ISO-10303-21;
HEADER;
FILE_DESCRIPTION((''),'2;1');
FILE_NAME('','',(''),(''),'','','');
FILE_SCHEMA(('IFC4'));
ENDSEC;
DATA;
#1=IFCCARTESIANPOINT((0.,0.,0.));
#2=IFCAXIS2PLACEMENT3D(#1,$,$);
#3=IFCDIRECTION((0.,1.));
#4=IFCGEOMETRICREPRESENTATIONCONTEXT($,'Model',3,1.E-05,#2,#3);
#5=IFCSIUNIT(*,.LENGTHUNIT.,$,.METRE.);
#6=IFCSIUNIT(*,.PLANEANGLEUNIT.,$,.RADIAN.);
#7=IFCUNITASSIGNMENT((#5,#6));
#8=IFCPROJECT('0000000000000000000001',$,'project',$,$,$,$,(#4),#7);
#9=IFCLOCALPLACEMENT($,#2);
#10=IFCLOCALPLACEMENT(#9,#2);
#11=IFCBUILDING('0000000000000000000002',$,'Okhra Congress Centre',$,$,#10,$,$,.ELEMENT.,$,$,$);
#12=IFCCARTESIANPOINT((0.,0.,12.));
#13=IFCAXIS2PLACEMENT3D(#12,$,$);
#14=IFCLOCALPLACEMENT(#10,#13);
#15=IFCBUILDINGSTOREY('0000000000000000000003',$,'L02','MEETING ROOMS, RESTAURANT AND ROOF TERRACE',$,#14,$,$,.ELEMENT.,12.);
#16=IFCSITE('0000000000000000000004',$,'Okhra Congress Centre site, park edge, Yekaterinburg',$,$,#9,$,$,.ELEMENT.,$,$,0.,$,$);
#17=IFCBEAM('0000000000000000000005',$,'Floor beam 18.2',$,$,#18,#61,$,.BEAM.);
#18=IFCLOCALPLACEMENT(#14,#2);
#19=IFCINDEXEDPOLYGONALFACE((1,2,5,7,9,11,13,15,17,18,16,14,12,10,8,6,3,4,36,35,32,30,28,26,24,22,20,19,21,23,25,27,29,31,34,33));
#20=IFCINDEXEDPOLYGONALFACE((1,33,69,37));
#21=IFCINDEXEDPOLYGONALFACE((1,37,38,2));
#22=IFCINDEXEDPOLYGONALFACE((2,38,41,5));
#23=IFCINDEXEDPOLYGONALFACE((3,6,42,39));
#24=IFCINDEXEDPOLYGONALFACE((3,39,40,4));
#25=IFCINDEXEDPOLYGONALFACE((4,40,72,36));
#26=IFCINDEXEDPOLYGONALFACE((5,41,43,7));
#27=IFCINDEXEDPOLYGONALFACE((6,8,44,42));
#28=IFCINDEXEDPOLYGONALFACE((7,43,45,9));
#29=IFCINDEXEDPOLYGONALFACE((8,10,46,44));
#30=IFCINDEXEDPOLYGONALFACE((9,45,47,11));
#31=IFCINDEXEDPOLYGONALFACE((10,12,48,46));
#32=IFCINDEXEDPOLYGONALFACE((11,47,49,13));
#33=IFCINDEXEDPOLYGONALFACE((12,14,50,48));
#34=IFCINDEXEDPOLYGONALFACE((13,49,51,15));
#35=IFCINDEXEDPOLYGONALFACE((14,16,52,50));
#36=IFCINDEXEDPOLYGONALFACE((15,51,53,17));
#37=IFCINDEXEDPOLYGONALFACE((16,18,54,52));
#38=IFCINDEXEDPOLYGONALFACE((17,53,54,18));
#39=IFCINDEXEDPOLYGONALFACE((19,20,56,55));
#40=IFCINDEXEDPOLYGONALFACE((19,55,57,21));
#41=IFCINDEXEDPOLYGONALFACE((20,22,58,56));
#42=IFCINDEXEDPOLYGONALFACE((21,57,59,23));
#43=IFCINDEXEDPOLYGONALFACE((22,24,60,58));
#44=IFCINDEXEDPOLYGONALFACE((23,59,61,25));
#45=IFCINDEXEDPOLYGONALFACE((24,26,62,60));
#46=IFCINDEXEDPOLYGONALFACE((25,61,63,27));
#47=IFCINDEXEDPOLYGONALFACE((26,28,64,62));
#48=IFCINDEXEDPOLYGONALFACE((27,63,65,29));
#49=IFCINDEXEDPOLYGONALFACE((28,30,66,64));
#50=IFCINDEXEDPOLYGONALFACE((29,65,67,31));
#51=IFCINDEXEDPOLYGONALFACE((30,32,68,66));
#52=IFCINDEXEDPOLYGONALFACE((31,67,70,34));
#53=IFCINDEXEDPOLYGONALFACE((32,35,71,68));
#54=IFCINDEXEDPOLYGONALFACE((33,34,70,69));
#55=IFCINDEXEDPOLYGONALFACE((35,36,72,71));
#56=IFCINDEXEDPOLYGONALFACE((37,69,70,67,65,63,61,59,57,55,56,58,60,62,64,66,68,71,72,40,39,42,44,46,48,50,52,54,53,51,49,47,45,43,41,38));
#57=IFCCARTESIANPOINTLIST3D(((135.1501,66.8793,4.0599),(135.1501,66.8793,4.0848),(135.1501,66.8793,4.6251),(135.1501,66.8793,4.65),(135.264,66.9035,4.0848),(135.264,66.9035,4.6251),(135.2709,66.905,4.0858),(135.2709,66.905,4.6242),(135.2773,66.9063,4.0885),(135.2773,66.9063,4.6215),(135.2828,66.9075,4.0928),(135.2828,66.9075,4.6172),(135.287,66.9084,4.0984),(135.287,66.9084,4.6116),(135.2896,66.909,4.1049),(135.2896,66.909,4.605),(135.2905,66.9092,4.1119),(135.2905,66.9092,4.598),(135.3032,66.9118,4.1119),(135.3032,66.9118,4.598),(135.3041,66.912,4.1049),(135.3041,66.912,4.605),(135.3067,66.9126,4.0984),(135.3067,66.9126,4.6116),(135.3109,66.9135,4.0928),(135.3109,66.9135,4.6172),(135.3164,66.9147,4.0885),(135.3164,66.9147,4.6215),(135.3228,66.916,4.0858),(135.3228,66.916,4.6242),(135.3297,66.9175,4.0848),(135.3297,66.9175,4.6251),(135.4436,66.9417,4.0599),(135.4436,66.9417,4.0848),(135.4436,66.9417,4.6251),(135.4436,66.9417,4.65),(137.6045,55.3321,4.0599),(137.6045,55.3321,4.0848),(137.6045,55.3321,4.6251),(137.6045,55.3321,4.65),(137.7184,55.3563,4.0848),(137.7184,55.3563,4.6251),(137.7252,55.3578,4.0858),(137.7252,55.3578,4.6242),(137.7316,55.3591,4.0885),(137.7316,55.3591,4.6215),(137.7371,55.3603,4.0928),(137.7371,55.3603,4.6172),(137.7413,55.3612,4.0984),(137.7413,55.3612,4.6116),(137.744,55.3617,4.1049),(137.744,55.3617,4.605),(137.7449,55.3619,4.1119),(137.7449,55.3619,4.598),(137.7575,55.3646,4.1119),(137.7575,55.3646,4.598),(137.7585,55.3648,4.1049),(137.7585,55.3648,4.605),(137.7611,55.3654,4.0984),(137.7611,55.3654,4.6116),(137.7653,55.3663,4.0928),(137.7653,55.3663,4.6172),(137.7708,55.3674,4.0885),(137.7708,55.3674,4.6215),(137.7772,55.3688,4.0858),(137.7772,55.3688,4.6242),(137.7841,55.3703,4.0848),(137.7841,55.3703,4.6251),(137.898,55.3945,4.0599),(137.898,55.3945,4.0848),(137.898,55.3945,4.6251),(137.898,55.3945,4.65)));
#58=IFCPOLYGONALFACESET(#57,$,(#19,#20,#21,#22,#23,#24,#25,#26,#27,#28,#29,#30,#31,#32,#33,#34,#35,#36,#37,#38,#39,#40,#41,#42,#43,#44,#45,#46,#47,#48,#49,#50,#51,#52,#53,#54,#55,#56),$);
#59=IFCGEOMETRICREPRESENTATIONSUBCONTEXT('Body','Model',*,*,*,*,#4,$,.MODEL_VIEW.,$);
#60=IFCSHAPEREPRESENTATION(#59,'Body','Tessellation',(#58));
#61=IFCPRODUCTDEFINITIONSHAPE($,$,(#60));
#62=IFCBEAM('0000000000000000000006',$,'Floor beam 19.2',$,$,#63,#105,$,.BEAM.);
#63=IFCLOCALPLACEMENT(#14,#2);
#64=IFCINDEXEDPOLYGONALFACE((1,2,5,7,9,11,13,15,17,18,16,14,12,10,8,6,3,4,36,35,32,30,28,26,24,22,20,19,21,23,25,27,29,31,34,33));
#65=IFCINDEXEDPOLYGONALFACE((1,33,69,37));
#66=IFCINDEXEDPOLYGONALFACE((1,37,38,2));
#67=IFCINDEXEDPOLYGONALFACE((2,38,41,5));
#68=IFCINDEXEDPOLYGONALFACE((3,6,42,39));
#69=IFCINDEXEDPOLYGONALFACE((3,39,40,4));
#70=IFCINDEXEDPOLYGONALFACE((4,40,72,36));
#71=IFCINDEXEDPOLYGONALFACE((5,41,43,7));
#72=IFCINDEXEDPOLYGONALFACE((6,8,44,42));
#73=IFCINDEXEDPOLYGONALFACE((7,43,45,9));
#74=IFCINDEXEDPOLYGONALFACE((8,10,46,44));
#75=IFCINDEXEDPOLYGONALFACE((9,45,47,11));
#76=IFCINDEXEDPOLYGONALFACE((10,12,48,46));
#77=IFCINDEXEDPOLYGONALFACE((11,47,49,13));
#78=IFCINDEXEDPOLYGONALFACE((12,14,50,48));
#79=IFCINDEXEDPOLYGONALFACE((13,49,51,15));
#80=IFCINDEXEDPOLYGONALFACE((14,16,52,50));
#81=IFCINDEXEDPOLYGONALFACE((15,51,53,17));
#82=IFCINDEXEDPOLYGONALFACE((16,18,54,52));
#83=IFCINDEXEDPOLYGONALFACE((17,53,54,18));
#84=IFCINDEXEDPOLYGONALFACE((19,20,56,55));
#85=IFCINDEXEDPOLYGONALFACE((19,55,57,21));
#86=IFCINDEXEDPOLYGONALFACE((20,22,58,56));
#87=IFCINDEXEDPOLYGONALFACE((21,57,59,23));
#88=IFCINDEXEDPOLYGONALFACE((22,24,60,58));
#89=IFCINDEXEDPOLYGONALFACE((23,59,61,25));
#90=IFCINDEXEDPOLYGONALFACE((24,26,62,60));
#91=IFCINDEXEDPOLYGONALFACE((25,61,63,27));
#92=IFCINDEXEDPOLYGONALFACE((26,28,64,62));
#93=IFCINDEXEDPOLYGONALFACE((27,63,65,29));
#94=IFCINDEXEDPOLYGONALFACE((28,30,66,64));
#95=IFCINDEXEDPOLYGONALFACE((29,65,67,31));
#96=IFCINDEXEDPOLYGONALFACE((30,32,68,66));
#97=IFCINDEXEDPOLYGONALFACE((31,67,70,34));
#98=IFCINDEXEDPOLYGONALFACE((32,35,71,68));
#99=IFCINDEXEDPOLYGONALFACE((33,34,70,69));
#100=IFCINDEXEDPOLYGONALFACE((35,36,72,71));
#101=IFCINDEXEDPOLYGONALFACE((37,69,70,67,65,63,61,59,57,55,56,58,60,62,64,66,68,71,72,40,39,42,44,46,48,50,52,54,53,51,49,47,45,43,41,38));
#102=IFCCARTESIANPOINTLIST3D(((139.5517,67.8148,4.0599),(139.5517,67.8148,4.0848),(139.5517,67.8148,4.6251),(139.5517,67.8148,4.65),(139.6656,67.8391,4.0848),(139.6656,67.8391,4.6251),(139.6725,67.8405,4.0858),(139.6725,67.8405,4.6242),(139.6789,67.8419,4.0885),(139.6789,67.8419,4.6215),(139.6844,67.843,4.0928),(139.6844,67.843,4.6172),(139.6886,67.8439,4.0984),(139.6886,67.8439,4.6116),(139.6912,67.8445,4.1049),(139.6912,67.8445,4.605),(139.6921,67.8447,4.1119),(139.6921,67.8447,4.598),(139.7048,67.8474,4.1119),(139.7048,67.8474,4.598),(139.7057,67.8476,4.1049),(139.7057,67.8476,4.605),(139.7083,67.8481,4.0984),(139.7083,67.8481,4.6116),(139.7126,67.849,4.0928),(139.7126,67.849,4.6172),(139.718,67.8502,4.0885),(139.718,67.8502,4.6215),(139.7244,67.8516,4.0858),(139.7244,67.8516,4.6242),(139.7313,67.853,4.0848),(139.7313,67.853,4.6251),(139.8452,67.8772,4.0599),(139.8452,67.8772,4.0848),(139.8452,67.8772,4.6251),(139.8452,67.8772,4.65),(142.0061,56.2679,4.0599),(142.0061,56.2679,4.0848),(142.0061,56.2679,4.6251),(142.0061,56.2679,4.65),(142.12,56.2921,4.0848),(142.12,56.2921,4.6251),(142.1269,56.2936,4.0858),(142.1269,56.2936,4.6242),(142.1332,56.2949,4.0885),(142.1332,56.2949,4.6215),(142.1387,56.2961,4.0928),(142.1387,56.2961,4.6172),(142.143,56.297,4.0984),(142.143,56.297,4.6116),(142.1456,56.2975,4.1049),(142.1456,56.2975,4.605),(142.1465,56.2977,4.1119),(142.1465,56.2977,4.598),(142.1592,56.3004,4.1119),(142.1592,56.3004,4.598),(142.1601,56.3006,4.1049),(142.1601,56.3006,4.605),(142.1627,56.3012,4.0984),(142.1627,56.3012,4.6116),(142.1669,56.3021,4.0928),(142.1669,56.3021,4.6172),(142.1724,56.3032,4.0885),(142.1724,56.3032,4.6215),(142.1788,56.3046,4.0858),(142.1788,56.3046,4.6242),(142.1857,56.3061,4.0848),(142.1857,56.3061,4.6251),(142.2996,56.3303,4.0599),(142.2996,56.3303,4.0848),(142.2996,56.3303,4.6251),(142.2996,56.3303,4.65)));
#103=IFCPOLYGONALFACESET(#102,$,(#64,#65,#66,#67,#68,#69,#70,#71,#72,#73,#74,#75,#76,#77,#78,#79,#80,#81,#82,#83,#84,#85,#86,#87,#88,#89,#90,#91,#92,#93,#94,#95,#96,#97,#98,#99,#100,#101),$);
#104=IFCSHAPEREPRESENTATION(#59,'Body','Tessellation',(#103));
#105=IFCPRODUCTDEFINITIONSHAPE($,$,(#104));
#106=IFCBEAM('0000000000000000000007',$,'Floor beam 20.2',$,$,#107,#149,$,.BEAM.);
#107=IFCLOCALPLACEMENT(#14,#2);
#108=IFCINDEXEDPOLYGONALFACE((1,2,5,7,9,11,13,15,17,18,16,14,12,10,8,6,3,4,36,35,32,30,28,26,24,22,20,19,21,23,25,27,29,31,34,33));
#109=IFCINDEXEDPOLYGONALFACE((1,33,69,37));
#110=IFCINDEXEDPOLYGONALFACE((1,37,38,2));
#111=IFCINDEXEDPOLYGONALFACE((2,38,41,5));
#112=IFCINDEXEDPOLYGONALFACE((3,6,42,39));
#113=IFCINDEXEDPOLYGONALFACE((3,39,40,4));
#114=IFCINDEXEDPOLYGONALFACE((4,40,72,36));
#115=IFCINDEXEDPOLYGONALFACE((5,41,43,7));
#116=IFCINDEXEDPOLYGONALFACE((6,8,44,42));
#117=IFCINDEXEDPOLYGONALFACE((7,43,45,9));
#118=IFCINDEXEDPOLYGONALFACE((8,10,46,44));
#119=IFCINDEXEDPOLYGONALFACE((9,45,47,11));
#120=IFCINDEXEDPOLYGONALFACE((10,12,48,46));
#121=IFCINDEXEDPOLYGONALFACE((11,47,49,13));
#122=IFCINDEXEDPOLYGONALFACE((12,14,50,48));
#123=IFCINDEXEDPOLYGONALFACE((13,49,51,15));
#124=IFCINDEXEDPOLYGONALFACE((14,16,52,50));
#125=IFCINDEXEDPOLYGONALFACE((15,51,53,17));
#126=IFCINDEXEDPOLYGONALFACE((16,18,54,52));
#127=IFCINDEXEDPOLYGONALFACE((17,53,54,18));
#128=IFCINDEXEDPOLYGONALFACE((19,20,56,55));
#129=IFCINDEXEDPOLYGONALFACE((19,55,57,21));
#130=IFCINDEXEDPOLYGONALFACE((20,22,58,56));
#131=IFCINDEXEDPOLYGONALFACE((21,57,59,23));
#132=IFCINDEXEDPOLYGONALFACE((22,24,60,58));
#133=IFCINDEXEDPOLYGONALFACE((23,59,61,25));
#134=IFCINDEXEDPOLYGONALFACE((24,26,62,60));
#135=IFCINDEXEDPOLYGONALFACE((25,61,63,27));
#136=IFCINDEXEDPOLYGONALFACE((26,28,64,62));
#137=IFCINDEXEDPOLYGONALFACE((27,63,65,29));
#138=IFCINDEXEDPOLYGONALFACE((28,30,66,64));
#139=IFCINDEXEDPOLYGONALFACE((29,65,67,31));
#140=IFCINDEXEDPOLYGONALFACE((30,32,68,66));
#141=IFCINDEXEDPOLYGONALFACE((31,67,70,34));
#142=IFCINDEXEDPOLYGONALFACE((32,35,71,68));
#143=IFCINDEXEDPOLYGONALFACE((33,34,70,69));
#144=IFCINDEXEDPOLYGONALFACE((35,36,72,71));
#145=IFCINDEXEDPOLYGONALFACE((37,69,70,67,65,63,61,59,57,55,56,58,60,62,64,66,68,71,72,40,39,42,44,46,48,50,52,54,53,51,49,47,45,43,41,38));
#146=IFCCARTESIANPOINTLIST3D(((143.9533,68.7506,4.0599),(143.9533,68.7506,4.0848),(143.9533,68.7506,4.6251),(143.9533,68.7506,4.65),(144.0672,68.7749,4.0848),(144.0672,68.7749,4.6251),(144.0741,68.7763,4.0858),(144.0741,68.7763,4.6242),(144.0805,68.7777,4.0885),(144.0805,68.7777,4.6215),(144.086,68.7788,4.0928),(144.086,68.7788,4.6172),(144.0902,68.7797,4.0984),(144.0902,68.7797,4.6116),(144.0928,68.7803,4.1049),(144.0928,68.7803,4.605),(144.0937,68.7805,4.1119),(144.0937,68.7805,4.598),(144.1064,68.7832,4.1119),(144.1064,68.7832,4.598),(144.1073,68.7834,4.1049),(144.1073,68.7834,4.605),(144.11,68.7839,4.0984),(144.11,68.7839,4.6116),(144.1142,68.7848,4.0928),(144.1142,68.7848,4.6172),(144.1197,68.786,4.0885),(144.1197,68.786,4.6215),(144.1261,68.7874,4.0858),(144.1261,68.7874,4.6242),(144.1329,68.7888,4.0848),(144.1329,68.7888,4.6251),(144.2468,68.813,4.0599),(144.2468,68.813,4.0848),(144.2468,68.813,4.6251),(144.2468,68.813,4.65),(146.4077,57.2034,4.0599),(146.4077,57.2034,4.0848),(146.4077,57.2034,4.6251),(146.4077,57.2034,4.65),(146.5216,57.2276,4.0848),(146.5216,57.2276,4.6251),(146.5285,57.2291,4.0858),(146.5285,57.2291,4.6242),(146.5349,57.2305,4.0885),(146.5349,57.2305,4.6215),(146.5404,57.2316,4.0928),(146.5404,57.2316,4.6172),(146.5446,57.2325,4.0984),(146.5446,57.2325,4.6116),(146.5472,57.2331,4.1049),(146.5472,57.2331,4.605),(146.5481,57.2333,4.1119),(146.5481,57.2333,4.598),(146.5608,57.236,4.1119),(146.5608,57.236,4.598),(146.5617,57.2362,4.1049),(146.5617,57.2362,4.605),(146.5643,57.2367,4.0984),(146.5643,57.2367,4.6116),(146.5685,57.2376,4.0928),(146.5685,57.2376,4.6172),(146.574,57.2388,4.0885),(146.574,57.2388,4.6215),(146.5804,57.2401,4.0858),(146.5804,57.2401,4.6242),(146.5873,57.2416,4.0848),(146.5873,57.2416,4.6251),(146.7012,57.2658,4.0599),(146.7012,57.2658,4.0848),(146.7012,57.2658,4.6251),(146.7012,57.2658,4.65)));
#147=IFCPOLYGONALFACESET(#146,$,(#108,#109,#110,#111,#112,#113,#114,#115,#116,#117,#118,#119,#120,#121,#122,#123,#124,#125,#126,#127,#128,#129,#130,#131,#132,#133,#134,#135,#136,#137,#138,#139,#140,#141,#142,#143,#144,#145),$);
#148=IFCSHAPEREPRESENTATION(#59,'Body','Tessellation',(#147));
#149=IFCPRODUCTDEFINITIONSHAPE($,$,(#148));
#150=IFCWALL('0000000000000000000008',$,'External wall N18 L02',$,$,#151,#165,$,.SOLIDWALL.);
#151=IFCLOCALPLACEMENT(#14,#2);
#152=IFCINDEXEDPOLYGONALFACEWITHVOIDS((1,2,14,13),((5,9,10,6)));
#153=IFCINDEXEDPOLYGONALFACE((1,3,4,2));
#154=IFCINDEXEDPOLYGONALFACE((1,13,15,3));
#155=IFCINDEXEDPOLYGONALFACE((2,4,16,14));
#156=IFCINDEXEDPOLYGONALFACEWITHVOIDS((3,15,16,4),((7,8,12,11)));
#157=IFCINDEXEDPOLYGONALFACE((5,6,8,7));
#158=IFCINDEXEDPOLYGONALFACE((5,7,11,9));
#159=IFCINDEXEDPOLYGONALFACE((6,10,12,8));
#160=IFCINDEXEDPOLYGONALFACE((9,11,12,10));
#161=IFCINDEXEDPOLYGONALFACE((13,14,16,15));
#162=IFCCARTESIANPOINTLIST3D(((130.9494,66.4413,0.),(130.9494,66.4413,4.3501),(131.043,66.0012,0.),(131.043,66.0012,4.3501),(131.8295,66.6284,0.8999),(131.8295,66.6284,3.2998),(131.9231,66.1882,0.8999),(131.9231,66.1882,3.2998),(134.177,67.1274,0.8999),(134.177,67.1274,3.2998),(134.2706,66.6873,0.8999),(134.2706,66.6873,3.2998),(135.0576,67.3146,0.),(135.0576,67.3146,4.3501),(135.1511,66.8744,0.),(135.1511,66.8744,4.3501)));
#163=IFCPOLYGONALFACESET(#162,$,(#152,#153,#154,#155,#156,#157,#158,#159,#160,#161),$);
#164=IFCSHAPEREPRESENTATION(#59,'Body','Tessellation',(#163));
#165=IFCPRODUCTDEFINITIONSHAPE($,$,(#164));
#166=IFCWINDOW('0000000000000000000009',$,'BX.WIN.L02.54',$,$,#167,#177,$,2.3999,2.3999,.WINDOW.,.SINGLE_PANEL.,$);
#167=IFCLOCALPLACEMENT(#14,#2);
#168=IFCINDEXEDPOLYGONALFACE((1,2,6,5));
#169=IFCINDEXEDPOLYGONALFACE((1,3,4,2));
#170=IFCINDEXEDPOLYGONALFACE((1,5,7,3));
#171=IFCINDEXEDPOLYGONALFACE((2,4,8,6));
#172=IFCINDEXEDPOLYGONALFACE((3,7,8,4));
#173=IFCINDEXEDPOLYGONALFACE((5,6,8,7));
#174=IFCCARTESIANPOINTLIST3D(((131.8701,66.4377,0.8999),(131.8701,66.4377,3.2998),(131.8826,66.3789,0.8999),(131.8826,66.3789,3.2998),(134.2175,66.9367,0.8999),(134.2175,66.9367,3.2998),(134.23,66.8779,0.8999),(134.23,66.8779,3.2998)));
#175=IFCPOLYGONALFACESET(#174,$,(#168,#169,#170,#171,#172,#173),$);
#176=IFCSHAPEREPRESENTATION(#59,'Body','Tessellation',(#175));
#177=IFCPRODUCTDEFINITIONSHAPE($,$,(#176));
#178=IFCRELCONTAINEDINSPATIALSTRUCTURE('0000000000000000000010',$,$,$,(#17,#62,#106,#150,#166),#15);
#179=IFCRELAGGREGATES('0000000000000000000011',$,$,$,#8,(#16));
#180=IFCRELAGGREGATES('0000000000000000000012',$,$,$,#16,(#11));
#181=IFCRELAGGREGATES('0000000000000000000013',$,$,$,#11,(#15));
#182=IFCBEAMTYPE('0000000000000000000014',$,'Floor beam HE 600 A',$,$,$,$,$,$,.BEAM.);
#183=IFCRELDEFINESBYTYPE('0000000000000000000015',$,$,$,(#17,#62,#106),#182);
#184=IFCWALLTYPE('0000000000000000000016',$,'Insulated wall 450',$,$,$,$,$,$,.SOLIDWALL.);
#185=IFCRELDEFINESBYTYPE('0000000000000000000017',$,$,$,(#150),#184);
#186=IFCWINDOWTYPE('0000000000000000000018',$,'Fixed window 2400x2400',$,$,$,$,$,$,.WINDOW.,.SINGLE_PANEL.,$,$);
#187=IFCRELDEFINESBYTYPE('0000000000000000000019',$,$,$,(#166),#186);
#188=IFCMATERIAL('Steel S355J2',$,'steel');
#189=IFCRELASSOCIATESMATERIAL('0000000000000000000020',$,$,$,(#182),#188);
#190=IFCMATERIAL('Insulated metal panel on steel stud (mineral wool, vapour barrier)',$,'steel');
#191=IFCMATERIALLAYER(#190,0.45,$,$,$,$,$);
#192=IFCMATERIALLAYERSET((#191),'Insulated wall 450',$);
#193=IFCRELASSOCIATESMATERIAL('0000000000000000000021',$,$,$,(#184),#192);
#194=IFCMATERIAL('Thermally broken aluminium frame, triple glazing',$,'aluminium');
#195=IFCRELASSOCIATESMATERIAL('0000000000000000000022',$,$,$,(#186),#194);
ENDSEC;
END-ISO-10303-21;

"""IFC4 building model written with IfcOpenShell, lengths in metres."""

from ifc_helpers import new_model, si_unit, direction, frame, frame_2d, origin, origin_2d, place, context, subcontext, project, spatial, rectangle, i_section, extrude, material, layer, layer_set, material_profile, profile_set, type_object, element, fill, save


model = new_model("IFC4")

# Units and contexts
model_context = context("Model", 3, precision=1e-05, world=origin(), true_north=direction((0.0, 1.0)))
body_context = subcontext(model_context, "Body", "Model", "MODEL_VIEW")
ifc_project = project(units=[si_unit("LENGTHUNIT", "METRE"), si_unit("PLANEANGLEUNIT", "RADIAN")], contexts=[model_context])

# Site, building, storey
site_placement = place(None, origin())
site = spatial("IfcSite", under=ifc_project, at=site_placement, Name="Okhra Congress Centre site, park edge, Yekaterinburg", CompositionType="ELEMENT", RefElevation=0.0)
building_placement = place(site_placement, origin())
building = spatial("IfcBuilding", under=site, at=building_placement, Name="Okhra Congress Centre", CompositionType="ELEMENT")
storey_placement = place(building_placement, frame((0.0, 0.0, 12.0)))
storey = spatial("IfcBuildingStorey", under=building, at=storey_placement, Name="L02", Description="MEETING ROOMS, RESTAURANT AND ROOF TERRACE", CompositionType="ELEMENT", Elevation=12.0)

# Shared definitions
ifc_material_1 = material(Name="Steel S355J2", Category="steel")

# Beams
ifc_material_profile_1 = material_profile(ifc_material_1, i_section(OverallWidth=0.3, OverallDepth=0.5901, WebThickness=0.0129, FlangeThickness=0.0249, FilletRadius=0.0271, at=origin_2d()), Name="HE 600 A")
ifc_profile_set_1 = profile_set([ifc_material_profile_1], Name="Steel S355J2")
beam_type_1 = type_object("IfcBeamType", Name="Floor beam HE 600 A", PredefinedType="BEAM", material=ifc_profile_set_1)
for number, where, z_axis, x_axis, name in (
    (1, (137.7512, 55.3633, 4.355), (-0.207906, 0.978149, 0.0), (-0.978149, -0.207906, 0.0), "Floor beam 18.2"),
):
    element("IfcBeam", number, at=place(storey_placement, frame(where, z_axis=z_axis, x_axis=x_axis)), inside=storey, type_object=beam_type_1, Name=name, PredefinedType="BEAM", context=body_context, shape_type="SweptSolid", body=[
        extrude(i_section(OverallWidth=0.3, OverallDepth=0.5901, WebThickness=0.0129, FlangeThickness=0.0249, FilletRadius=0.0271, at=origin_2d()), origin(), (0.0, 0.0, 1.0), 11.8052),
    ])
beam_1_placement = place(storey_placement, frame((142.1528, 56.2991, 4.355), z_axis=(-0.20791, 0.978148, 0.0), x_axis=(-0.978148, -0.20791, 0.0)))
element("IfcBeam", 2, at=beam_1_placement, inside=storey, type_object=beam_type_1, Name="Floor beam 19.2", PredefinedType="BEAM", context=body_context, shape_type="SweptSolid", body=[
    extrude(i_section(OverallWidth=0.3, OverallDepth=0.5901, WebThickness=0.0129, FlangeThickness=0.0249, FilletRadius=0.0271, at=origin_2d()), origin(), (0.0, 0.0, 1.0), 11.8049),
])
beam_2_placement = place(storey_placement, frame((146.5544, 57.2346, 4.355), z_axis=(-0.207906, 0.978149, 0.0), x_axis=(-0.978149, -0.207906, 0.0)))
element("IfcBeam", 3, at=beam_2_placement, inside=storey, type_object=beam_type_1, Name="Floor beam 20.2", PredefinedType="BEAM", context=body_context, shape_type="SweptSolid", body=[
    extrude(i_section(OverallWidth=0.3, OverallDepth=0.5901, WebThickness=0.0129, FlangeThickness=0.0249, FilletRadius=0.0271, at=origin_2d()), origin(), (0.0, 0.0, 1.0), 11.8052),
])

# Wall, opening, window
ifc_material_2 = material(Name="Insulated metal panel on steel stud (mineral wool, vapour barrier)", Category="steel")
ifc_layer_1 = layer(ifc_material_2, 0.45)
ifc_layer_set_1 = layer_set([ifc_layer_1], Name="Insulated wall 450")
wall_type_1 = type_object("IfcWallType", Name="Insulated wall 450", PredefinedType="SOLIDWALL", material=ifc_layer_set_1)
wall_1_placement = place(storey_placement, frame((130.9961, 66.2212, 0.0), z_axis=(0.0, 0.0, 1.0), x_axis=(0.978144, 0.207929, 0.0)))
wall_1 = element("IfcWall", 4, at=wall_1_placement, inside=storey, type_object=wall_type_1, Name="External wall N18 L02", PredefinedType="SOLIDWALL", context=body_context, shape_type="SweptSolid", body=[
    extrude(rectangle(XDim=4.2, YDim=0.45, at=frame_2d((2.1001, 0.0))), origin(), (0.0, 0.0, 1.0), 4.3501),
])
opening_1_placement = place(wall_1_placement, frame((0.8999, 0.0, 0.8999)))
opening_1 = element("IfcOpeningElement", 5, at=opening_1_placement, cuts=wall_1, PredefinedType="OPENING", context=body_context, shape_type="SweptSolid", body=[
    extrude(rectangle(XDim=2.3999, YDim=2.3999, at=frame_2d((1.2, 1.2))), frame((0.0, 0.2349, 0.0), z_axis=(0.0, -1.0, 0.0), x_axis=(1.0, 0.0, 0.0)), (0.0, 0.0, 1.0), 0.47),
])
ifc_material_3 = material(Name="Thermally broken aluminium frame, triple glazing", Category="aluminium")
window_type = type_object("IfcWindowType", Name="Fixed window 2400x2400", PartitioningType="SINGLE_PANEL", PredefinedType="WINDOW", material=ifc_material_3)
window_placement = place(opening_1_placement, origin())
window = element("IfcWindow", 6, at=window_placement, inside=storey, type_object=window_type, Name="BX.WIN.L02.54", OverallHeight=2.3999, OverallWidth=2.3999, PartitioningType="SINGLE_PANEL", PredefinedType="WINDOW", context=body_context, shape_type="SweptSolid", body=[
    extrude(rectangle(XDim=2.3999, YDim=2.3999, at=frame_2d((1.2, 1.2))), frame((0.0, 0.03, 0.0), z_axis=(0.0, -1.0, 0.0), x_axis=(1.0, 0.0, 0.0)), (0.0, 0.0, 1.0), 0.0601),
])
fill(opening_1, window)

save(model, "model.ifc")
